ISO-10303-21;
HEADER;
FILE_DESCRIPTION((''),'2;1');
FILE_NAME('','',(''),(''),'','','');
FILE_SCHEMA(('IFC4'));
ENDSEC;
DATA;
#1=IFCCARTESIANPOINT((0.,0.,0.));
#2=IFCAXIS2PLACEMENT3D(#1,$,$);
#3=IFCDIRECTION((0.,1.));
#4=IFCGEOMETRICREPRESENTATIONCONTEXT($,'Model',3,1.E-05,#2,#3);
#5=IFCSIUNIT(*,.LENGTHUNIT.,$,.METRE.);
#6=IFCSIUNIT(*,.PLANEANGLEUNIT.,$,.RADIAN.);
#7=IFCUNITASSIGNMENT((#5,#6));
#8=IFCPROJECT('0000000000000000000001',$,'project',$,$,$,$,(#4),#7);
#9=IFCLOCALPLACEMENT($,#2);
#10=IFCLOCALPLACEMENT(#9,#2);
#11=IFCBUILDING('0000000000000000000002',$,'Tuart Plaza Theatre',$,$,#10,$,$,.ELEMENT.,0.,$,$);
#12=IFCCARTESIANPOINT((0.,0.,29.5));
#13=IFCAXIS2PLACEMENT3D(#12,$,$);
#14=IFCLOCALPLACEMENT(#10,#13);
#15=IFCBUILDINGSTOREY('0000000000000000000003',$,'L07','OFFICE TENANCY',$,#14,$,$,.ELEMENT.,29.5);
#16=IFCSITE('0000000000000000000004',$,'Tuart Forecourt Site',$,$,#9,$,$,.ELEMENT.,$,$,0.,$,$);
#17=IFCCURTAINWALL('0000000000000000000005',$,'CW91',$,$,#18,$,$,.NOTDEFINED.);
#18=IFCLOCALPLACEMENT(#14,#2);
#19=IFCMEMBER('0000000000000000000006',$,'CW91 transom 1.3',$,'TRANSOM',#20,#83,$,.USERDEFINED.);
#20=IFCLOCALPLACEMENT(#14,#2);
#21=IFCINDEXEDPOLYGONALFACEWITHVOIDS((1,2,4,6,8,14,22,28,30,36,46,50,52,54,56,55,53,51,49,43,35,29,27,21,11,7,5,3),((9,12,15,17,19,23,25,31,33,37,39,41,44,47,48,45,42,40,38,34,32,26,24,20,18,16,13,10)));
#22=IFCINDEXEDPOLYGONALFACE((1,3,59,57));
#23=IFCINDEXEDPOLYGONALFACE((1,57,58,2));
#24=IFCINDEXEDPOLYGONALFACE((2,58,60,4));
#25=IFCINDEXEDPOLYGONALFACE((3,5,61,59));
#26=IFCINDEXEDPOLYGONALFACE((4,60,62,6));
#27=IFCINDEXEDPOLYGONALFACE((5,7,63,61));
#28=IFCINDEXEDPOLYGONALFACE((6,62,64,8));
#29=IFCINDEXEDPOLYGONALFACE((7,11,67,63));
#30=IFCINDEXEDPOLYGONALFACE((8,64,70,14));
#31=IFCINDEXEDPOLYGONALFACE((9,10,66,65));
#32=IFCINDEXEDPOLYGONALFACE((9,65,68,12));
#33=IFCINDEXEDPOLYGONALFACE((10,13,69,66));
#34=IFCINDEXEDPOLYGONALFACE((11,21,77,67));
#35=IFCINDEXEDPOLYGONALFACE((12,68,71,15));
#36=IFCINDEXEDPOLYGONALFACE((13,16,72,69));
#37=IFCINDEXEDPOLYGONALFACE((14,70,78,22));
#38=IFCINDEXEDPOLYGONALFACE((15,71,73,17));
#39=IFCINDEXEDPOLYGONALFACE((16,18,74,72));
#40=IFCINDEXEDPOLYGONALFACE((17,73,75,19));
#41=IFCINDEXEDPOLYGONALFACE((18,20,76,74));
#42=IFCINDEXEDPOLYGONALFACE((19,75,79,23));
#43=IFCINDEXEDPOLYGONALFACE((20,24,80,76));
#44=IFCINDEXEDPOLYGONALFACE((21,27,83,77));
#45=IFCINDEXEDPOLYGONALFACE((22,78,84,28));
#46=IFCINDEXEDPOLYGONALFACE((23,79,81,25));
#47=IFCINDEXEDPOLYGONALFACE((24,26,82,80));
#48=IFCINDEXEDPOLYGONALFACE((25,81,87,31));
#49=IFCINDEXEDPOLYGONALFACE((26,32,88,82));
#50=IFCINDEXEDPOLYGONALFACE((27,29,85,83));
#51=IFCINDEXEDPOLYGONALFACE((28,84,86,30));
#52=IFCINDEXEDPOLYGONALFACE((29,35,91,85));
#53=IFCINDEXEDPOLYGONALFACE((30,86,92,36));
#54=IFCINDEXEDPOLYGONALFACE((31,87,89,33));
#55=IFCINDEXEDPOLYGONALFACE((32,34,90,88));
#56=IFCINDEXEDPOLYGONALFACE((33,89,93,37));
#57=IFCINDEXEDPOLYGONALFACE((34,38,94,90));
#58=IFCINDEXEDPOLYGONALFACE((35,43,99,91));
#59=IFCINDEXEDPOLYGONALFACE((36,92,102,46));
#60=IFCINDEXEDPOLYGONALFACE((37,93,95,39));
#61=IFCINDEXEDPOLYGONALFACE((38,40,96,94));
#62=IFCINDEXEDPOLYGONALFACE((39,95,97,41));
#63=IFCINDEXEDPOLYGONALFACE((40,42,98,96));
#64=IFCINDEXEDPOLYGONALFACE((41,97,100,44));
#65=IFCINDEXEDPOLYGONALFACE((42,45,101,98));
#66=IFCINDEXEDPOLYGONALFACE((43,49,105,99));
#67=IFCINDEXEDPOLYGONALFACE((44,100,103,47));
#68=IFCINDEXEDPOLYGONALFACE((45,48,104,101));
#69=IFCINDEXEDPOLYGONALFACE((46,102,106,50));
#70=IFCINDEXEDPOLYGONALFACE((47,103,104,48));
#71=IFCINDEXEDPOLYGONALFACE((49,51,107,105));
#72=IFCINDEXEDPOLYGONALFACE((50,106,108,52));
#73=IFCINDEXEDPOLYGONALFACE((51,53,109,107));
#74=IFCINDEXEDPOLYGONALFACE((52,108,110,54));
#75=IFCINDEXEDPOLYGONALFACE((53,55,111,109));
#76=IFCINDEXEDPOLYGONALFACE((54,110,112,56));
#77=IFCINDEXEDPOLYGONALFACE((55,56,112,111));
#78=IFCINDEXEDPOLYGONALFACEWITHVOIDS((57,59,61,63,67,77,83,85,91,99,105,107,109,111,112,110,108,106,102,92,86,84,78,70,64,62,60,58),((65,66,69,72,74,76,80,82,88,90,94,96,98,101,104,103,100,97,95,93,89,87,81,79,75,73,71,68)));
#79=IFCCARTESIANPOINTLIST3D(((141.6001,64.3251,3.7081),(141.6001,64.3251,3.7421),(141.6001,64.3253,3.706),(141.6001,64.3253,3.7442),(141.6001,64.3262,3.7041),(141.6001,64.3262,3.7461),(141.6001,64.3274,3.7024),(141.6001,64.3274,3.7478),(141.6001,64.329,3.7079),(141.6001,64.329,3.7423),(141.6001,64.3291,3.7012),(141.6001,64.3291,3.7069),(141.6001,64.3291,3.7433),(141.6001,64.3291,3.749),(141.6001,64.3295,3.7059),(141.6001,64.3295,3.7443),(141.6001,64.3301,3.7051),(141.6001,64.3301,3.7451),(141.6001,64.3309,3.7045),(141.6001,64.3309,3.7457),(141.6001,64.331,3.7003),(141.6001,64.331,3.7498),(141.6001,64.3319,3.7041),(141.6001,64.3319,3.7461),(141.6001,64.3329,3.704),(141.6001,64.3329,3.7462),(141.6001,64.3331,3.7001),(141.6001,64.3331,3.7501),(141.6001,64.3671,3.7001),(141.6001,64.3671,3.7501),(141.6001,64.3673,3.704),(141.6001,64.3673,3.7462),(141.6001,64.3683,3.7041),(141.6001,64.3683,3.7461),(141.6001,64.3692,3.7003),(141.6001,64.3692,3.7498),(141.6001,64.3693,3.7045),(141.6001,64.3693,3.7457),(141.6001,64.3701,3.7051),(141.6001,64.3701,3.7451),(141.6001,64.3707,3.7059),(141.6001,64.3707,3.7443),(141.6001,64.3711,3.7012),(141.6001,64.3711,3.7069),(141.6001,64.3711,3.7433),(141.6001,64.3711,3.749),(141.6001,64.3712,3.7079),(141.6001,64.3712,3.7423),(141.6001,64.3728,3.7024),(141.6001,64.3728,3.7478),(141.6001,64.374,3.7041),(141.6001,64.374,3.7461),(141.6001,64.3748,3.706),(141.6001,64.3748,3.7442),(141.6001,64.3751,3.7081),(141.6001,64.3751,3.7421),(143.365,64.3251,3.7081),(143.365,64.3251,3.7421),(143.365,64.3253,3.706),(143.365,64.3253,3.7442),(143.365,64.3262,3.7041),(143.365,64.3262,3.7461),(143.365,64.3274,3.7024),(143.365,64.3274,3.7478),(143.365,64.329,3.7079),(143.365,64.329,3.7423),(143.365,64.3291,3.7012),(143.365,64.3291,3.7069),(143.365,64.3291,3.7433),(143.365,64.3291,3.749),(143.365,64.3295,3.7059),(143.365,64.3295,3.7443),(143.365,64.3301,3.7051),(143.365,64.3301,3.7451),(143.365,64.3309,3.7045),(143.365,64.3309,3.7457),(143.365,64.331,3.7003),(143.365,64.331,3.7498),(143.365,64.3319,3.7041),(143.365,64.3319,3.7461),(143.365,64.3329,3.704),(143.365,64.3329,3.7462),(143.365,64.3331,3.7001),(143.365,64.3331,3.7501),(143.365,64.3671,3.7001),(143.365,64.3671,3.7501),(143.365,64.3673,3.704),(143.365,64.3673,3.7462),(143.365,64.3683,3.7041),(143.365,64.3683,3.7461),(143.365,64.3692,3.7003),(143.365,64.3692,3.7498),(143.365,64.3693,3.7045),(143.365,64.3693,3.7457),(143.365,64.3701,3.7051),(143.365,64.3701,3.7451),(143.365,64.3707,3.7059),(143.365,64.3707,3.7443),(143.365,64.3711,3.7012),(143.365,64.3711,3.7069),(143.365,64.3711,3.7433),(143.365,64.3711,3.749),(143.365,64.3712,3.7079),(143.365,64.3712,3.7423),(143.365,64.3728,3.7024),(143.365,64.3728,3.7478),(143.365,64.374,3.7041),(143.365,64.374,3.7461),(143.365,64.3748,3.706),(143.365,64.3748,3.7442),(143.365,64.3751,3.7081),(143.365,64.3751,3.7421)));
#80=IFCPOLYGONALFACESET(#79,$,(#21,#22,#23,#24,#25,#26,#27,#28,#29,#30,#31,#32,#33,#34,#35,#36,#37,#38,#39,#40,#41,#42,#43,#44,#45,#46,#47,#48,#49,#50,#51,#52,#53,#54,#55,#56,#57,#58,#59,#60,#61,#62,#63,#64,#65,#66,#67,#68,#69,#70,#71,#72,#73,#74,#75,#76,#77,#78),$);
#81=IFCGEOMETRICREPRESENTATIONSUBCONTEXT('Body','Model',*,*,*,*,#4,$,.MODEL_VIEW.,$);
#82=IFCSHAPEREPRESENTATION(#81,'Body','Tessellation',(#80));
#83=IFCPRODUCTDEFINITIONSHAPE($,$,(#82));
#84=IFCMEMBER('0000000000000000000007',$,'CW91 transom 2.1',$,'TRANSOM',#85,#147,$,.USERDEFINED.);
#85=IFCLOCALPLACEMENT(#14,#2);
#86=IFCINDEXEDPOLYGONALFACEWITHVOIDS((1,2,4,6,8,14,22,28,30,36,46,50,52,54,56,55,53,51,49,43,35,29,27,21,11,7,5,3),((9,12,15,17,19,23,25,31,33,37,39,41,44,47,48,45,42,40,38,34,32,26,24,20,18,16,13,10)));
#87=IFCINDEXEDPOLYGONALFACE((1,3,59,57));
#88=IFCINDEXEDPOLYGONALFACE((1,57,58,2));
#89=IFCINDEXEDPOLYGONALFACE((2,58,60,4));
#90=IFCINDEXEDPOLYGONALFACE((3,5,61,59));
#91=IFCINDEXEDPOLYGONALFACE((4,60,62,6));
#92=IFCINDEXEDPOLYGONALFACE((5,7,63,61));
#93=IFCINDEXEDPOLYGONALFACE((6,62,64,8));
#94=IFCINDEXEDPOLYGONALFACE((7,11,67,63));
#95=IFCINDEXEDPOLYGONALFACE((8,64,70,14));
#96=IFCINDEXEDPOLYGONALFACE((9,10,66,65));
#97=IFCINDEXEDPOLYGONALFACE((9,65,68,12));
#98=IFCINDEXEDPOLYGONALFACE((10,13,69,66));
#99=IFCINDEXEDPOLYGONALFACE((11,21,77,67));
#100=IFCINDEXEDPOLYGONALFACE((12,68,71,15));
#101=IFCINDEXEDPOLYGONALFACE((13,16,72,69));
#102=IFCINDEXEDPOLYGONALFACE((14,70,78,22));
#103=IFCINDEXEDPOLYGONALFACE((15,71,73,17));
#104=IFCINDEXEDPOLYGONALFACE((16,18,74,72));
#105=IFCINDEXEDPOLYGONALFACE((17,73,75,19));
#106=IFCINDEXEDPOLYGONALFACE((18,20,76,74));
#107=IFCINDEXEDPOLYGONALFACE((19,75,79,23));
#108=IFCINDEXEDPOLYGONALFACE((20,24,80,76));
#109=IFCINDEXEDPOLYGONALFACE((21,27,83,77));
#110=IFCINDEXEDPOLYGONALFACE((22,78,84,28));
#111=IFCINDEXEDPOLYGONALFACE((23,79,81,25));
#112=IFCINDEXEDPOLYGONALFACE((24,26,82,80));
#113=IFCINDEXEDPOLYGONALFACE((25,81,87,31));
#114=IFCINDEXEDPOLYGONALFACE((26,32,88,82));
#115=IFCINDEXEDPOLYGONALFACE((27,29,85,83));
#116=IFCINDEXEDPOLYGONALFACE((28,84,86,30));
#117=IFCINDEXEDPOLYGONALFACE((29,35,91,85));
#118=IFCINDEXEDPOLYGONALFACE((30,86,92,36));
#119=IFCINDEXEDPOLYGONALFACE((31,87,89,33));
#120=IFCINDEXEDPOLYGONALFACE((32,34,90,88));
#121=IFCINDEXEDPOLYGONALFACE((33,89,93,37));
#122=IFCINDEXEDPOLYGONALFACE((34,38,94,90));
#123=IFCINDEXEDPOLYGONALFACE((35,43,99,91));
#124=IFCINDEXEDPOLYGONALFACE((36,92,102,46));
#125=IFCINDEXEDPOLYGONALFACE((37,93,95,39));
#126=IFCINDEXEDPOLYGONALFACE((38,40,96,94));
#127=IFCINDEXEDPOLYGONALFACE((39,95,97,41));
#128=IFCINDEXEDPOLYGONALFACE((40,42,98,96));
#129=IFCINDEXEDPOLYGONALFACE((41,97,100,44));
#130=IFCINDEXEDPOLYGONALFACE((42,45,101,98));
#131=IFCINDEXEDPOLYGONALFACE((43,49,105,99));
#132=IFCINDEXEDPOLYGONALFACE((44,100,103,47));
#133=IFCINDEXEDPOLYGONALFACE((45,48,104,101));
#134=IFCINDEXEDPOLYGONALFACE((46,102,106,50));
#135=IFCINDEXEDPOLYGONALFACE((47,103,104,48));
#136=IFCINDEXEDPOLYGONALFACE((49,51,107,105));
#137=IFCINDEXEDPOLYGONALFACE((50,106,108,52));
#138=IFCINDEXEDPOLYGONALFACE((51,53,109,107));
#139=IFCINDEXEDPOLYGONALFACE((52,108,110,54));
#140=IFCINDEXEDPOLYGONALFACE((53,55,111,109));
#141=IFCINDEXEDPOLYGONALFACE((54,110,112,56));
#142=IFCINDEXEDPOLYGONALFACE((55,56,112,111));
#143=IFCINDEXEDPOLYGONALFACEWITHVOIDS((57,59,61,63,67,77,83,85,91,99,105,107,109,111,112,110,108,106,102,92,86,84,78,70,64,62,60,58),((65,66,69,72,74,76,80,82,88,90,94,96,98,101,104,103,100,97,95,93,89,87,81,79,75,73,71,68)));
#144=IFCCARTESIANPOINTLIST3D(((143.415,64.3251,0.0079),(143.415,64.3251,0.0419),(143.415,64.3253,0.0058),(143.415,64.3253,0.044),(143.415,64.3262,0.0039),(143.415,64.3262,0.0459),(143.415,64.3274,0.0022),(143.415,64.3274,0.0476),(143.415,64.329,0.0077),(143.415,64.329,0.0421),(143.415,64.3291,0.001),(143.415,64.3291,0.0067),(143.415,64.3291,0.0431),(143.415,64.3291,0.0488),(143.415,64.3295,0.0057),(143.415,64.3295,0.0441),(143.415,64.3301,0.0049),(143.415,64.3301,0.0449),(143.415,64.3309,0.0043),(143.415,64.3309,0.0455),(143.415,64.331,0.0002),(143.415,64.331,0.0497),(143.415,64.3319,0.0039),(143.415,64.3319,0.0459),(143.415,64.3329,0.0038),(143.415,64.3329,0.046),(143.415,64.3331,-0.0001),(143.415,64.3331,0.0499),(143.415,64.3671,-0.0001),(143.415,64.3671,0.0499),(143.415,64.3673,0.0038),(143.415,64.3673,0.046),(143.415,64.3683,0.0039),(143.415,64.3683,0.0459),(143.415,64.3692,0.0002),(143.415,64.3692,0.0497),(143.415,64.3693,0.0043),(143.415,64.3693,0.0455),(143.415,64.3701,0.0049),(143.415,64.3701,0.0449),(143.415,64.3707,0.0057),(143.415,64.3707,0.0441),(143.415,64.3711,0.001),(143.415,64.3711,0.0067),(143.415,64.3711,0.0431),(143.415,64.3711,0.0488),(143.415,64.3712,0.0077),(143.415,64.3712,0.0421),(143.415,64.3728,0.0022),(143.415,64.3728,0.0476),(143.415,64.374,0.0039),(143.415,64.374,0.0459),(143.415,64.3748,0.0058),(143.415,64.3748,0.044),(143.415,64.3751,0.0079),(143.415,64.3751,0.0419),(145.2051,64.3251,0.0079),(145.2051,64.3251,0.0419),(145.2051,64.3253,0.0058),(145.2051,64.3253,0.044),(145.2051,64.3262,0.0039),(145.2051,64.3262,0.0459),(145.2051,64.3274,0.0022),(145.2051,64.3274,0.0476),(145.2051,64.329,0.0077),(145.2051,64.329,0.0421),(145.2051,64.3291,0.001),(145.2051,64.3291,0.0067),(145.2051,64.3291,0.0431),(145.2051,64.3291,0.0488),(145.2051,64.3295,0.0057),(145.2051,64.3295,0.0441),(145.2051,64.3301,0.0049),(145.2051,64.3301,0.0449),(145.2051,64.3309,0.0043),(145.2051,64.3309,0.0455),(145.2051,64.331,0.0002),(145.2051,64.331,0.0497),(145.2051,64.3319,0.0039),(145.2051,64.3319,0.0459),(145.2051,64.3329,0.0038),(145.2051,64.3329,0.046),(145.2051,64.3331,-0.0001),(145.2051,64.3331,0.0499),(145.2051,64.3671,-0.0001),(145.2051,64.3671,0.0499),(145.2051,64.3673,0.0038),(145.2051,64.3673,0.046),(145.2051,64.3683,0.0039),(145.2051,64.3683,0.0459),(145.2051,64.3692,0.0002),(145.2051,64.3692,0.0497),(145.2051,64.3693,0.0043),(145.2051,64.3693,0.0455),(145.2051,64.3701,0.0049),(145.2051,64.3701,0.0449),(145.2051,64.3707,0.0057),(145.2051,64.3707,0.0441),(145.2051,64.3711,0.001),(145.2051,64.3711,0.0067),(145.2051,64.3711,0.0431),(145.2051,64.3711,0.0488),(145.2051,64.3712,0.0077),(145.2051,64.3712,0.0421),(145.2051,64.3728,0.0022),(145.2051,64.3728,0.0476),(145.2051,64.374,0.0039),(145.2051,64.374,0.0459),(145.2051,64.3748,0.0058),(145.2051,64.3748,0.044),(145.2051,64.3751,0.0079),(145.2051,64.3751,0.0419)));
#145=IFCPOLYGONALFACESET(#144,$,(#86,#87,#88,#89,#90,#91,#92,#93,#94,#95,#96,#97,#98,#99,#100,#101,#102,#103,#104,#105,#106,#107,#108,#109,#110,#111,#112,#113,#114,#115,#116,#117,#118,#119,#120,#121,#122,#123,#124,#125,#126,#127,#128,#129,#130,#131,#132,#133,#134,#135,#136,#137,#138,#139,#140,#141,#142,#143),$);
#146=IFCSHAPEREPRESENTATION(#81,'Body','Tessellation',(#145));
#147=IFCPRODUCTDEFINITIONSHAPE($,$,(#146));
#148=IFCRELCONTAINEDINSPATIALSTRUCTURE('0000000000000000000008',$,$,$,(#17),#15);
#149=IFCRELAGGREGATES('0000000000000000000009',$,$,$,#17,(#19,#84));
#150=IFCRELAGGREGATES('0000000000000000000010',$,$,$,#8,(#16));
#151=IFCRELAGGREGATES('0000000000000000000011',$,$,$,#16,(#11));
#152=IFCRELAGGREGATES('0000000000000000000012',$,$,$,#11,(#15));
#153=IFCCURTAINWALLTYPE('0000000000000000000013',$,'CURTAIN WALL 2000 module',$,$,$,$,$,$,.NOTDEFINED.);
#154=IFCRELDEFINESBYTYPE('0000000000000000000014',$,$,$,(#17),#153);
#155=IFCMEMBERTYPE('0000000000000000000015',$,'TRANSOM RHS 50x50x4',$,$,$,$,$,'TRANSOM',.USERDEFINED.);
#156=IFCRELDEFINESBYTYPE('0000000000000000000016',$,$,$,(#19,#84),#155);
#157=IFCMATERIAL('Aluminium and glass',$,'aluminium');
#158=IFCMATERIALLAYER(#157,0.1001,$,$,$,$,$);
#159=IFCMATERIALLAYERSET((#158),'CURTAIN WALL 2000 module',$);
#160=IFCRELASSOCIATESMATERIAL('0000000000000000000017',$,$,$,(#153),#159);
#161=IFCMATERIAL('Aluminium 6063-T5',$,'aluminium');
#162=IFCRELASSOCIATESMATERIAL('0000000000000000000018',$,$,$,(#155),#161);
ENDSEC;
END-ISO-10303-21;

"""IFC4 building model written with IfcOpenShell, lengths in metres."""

from ifc_helpers import new_model, si_unit, direction, frame, origin, origin_2d, place, context, subcontext, project, spatial, hollow_rectangle, extrude, material, layer, layer_set, material_profile, profile_set, type_object, element, aggregate, save


model = new_model("IFC4")

# Units and contexts
model_context = context("Model", 3, precision=1e-05, world=origin(), true_north=direction((0.0, 1.0)))
body_context = subcontext(model_context, "Body", "Model", "MODEL_VIEW")
ifc_project = project(units=[si_unit("LENGTHUNIT", "METRE"), si_unit("PLANEANGLEUNIT", "RADIAN")], contexts=[model_context])

# Site, building, storey
site_placement = place(None, origin())
site = spatial("IfcSite", under=ifc_project, at=site_placement, Name="Tuart Forecourt Site", CompositionType="ELEMENT", RefElevation=0.0)
building_placement = place(site_placement, origin())
building = spatial("IfcBuilding", under=site, at=building_placement, Name="Tuart Plaza Theatre", CompositionType="ELEMENT", ElevationOfRefHeight=0.0)
storey_placement = place(building_placement, frame((0.0, 0.0, 29.5)))
storey = spatial("IfcBuildingStorey", under=building, at=storey_placement, Name="L07", Description="OFFICE TENANCY", CompositionType="ELEMENT", Elevation=29.5)

# Curtain wall
ifc_material_1 = material(Name="Aluminium and glass", Category="aluminium")
ifc_layer_1 = layer(ifc_material_1, 0.1001)
ifc_layer_set_1 = layer_set([ifc_layer_1], Name="CURTAIN WALL 2000 module")
curtain_wall_type = type_object("IfcCurtainWallType", Name="CURTAIN WALL 2000 module", PredefinedType="NOTDEFINED", material=ifc_layer_set_1)
curtain_wall_1_placement = place(storey_placement, origin())
curtain_wall_1 = element("IfcCurtainWall", 1, at=curtain_wall_1_placement, inside=storey, type_object=curtain_wall_type, Name="CW91", PredefinedType="NOTDEFINED")

# Members
ifc_material_2 = material(Name="Aluminium 6063-T5", Category="aluminium")
ifc_material_profile_1 = material_profile(ifc_material_2, hollow_rectangle(XDim=0.05, YDim=0.05, WallThickness=0.0039, InnerFilletRadius=0.0039, OuterFilletRadius=0.0081, at=origin_2d()), Name="RHS 50x50x4")
ifc_profile_set_1 = profile_set([ifc_material_profile_1], Name="Aluminium 6063-T5")
member_type_1 = type_object("IfcMemberType", Name="TRANSOM RHS 50x50x4", ElementType="TRANSOM", PredefinedType="USERDEFINED", material=ifc_profile_set_1)
member_1_placement = place(storey_placement, frame((141.6001, 64.3501, 3.7251), z_axis=(1.0, 0.0, 0.0), x_axis=(0.0, 1.0, 0.0)))
member_1 = element("IfcMember", 2, at=member_1_placement, type_object=member_type_1, Name="CW91 transom 1.3", ObjectType="TRANSOM", PredefinedType="USERDEFINED", context=body_context, shape_type="SweptSolid", body=[
    extrude(hollow_rectangle(XDim=0.05, YDim=0.05, WallThickness=0.0039, InnerFilletRadius=0.0039, OuterFilletRadius=0.0081, at=origin_2d()), origin(), (0.0, 0.0, 1.0), 1.7649),
])
member_2_placement = place(storey_placement, frame((143.415, 64.3501, 0.0249), z_axis=(1.0, 0.0, 0.0), x_axis=(0.0, 1.0, 0.0)))
member_2 = element("IfcMember", 3, at=member_2_placement, type_object=member_type_1, Name="CW91 transom 2.1", ObjectType="TRANSOM", PredefinedType="USERDEFINED", context=body_context, shape_type="SweptSolid", body=[
    extrude(hollow_rectangle(XDim=0.05, YDim=0.05, WallThickness=0.0039, InnerFilletRadius=0.0039, OuterFilletRadius=0.0081, at=origin_2d()), origin(), (0.0, 0.0, 1.0), 1.79),
])

aggregate(curtain_wall_1, [member_1, member_2])

save(model, "model.ifc")
